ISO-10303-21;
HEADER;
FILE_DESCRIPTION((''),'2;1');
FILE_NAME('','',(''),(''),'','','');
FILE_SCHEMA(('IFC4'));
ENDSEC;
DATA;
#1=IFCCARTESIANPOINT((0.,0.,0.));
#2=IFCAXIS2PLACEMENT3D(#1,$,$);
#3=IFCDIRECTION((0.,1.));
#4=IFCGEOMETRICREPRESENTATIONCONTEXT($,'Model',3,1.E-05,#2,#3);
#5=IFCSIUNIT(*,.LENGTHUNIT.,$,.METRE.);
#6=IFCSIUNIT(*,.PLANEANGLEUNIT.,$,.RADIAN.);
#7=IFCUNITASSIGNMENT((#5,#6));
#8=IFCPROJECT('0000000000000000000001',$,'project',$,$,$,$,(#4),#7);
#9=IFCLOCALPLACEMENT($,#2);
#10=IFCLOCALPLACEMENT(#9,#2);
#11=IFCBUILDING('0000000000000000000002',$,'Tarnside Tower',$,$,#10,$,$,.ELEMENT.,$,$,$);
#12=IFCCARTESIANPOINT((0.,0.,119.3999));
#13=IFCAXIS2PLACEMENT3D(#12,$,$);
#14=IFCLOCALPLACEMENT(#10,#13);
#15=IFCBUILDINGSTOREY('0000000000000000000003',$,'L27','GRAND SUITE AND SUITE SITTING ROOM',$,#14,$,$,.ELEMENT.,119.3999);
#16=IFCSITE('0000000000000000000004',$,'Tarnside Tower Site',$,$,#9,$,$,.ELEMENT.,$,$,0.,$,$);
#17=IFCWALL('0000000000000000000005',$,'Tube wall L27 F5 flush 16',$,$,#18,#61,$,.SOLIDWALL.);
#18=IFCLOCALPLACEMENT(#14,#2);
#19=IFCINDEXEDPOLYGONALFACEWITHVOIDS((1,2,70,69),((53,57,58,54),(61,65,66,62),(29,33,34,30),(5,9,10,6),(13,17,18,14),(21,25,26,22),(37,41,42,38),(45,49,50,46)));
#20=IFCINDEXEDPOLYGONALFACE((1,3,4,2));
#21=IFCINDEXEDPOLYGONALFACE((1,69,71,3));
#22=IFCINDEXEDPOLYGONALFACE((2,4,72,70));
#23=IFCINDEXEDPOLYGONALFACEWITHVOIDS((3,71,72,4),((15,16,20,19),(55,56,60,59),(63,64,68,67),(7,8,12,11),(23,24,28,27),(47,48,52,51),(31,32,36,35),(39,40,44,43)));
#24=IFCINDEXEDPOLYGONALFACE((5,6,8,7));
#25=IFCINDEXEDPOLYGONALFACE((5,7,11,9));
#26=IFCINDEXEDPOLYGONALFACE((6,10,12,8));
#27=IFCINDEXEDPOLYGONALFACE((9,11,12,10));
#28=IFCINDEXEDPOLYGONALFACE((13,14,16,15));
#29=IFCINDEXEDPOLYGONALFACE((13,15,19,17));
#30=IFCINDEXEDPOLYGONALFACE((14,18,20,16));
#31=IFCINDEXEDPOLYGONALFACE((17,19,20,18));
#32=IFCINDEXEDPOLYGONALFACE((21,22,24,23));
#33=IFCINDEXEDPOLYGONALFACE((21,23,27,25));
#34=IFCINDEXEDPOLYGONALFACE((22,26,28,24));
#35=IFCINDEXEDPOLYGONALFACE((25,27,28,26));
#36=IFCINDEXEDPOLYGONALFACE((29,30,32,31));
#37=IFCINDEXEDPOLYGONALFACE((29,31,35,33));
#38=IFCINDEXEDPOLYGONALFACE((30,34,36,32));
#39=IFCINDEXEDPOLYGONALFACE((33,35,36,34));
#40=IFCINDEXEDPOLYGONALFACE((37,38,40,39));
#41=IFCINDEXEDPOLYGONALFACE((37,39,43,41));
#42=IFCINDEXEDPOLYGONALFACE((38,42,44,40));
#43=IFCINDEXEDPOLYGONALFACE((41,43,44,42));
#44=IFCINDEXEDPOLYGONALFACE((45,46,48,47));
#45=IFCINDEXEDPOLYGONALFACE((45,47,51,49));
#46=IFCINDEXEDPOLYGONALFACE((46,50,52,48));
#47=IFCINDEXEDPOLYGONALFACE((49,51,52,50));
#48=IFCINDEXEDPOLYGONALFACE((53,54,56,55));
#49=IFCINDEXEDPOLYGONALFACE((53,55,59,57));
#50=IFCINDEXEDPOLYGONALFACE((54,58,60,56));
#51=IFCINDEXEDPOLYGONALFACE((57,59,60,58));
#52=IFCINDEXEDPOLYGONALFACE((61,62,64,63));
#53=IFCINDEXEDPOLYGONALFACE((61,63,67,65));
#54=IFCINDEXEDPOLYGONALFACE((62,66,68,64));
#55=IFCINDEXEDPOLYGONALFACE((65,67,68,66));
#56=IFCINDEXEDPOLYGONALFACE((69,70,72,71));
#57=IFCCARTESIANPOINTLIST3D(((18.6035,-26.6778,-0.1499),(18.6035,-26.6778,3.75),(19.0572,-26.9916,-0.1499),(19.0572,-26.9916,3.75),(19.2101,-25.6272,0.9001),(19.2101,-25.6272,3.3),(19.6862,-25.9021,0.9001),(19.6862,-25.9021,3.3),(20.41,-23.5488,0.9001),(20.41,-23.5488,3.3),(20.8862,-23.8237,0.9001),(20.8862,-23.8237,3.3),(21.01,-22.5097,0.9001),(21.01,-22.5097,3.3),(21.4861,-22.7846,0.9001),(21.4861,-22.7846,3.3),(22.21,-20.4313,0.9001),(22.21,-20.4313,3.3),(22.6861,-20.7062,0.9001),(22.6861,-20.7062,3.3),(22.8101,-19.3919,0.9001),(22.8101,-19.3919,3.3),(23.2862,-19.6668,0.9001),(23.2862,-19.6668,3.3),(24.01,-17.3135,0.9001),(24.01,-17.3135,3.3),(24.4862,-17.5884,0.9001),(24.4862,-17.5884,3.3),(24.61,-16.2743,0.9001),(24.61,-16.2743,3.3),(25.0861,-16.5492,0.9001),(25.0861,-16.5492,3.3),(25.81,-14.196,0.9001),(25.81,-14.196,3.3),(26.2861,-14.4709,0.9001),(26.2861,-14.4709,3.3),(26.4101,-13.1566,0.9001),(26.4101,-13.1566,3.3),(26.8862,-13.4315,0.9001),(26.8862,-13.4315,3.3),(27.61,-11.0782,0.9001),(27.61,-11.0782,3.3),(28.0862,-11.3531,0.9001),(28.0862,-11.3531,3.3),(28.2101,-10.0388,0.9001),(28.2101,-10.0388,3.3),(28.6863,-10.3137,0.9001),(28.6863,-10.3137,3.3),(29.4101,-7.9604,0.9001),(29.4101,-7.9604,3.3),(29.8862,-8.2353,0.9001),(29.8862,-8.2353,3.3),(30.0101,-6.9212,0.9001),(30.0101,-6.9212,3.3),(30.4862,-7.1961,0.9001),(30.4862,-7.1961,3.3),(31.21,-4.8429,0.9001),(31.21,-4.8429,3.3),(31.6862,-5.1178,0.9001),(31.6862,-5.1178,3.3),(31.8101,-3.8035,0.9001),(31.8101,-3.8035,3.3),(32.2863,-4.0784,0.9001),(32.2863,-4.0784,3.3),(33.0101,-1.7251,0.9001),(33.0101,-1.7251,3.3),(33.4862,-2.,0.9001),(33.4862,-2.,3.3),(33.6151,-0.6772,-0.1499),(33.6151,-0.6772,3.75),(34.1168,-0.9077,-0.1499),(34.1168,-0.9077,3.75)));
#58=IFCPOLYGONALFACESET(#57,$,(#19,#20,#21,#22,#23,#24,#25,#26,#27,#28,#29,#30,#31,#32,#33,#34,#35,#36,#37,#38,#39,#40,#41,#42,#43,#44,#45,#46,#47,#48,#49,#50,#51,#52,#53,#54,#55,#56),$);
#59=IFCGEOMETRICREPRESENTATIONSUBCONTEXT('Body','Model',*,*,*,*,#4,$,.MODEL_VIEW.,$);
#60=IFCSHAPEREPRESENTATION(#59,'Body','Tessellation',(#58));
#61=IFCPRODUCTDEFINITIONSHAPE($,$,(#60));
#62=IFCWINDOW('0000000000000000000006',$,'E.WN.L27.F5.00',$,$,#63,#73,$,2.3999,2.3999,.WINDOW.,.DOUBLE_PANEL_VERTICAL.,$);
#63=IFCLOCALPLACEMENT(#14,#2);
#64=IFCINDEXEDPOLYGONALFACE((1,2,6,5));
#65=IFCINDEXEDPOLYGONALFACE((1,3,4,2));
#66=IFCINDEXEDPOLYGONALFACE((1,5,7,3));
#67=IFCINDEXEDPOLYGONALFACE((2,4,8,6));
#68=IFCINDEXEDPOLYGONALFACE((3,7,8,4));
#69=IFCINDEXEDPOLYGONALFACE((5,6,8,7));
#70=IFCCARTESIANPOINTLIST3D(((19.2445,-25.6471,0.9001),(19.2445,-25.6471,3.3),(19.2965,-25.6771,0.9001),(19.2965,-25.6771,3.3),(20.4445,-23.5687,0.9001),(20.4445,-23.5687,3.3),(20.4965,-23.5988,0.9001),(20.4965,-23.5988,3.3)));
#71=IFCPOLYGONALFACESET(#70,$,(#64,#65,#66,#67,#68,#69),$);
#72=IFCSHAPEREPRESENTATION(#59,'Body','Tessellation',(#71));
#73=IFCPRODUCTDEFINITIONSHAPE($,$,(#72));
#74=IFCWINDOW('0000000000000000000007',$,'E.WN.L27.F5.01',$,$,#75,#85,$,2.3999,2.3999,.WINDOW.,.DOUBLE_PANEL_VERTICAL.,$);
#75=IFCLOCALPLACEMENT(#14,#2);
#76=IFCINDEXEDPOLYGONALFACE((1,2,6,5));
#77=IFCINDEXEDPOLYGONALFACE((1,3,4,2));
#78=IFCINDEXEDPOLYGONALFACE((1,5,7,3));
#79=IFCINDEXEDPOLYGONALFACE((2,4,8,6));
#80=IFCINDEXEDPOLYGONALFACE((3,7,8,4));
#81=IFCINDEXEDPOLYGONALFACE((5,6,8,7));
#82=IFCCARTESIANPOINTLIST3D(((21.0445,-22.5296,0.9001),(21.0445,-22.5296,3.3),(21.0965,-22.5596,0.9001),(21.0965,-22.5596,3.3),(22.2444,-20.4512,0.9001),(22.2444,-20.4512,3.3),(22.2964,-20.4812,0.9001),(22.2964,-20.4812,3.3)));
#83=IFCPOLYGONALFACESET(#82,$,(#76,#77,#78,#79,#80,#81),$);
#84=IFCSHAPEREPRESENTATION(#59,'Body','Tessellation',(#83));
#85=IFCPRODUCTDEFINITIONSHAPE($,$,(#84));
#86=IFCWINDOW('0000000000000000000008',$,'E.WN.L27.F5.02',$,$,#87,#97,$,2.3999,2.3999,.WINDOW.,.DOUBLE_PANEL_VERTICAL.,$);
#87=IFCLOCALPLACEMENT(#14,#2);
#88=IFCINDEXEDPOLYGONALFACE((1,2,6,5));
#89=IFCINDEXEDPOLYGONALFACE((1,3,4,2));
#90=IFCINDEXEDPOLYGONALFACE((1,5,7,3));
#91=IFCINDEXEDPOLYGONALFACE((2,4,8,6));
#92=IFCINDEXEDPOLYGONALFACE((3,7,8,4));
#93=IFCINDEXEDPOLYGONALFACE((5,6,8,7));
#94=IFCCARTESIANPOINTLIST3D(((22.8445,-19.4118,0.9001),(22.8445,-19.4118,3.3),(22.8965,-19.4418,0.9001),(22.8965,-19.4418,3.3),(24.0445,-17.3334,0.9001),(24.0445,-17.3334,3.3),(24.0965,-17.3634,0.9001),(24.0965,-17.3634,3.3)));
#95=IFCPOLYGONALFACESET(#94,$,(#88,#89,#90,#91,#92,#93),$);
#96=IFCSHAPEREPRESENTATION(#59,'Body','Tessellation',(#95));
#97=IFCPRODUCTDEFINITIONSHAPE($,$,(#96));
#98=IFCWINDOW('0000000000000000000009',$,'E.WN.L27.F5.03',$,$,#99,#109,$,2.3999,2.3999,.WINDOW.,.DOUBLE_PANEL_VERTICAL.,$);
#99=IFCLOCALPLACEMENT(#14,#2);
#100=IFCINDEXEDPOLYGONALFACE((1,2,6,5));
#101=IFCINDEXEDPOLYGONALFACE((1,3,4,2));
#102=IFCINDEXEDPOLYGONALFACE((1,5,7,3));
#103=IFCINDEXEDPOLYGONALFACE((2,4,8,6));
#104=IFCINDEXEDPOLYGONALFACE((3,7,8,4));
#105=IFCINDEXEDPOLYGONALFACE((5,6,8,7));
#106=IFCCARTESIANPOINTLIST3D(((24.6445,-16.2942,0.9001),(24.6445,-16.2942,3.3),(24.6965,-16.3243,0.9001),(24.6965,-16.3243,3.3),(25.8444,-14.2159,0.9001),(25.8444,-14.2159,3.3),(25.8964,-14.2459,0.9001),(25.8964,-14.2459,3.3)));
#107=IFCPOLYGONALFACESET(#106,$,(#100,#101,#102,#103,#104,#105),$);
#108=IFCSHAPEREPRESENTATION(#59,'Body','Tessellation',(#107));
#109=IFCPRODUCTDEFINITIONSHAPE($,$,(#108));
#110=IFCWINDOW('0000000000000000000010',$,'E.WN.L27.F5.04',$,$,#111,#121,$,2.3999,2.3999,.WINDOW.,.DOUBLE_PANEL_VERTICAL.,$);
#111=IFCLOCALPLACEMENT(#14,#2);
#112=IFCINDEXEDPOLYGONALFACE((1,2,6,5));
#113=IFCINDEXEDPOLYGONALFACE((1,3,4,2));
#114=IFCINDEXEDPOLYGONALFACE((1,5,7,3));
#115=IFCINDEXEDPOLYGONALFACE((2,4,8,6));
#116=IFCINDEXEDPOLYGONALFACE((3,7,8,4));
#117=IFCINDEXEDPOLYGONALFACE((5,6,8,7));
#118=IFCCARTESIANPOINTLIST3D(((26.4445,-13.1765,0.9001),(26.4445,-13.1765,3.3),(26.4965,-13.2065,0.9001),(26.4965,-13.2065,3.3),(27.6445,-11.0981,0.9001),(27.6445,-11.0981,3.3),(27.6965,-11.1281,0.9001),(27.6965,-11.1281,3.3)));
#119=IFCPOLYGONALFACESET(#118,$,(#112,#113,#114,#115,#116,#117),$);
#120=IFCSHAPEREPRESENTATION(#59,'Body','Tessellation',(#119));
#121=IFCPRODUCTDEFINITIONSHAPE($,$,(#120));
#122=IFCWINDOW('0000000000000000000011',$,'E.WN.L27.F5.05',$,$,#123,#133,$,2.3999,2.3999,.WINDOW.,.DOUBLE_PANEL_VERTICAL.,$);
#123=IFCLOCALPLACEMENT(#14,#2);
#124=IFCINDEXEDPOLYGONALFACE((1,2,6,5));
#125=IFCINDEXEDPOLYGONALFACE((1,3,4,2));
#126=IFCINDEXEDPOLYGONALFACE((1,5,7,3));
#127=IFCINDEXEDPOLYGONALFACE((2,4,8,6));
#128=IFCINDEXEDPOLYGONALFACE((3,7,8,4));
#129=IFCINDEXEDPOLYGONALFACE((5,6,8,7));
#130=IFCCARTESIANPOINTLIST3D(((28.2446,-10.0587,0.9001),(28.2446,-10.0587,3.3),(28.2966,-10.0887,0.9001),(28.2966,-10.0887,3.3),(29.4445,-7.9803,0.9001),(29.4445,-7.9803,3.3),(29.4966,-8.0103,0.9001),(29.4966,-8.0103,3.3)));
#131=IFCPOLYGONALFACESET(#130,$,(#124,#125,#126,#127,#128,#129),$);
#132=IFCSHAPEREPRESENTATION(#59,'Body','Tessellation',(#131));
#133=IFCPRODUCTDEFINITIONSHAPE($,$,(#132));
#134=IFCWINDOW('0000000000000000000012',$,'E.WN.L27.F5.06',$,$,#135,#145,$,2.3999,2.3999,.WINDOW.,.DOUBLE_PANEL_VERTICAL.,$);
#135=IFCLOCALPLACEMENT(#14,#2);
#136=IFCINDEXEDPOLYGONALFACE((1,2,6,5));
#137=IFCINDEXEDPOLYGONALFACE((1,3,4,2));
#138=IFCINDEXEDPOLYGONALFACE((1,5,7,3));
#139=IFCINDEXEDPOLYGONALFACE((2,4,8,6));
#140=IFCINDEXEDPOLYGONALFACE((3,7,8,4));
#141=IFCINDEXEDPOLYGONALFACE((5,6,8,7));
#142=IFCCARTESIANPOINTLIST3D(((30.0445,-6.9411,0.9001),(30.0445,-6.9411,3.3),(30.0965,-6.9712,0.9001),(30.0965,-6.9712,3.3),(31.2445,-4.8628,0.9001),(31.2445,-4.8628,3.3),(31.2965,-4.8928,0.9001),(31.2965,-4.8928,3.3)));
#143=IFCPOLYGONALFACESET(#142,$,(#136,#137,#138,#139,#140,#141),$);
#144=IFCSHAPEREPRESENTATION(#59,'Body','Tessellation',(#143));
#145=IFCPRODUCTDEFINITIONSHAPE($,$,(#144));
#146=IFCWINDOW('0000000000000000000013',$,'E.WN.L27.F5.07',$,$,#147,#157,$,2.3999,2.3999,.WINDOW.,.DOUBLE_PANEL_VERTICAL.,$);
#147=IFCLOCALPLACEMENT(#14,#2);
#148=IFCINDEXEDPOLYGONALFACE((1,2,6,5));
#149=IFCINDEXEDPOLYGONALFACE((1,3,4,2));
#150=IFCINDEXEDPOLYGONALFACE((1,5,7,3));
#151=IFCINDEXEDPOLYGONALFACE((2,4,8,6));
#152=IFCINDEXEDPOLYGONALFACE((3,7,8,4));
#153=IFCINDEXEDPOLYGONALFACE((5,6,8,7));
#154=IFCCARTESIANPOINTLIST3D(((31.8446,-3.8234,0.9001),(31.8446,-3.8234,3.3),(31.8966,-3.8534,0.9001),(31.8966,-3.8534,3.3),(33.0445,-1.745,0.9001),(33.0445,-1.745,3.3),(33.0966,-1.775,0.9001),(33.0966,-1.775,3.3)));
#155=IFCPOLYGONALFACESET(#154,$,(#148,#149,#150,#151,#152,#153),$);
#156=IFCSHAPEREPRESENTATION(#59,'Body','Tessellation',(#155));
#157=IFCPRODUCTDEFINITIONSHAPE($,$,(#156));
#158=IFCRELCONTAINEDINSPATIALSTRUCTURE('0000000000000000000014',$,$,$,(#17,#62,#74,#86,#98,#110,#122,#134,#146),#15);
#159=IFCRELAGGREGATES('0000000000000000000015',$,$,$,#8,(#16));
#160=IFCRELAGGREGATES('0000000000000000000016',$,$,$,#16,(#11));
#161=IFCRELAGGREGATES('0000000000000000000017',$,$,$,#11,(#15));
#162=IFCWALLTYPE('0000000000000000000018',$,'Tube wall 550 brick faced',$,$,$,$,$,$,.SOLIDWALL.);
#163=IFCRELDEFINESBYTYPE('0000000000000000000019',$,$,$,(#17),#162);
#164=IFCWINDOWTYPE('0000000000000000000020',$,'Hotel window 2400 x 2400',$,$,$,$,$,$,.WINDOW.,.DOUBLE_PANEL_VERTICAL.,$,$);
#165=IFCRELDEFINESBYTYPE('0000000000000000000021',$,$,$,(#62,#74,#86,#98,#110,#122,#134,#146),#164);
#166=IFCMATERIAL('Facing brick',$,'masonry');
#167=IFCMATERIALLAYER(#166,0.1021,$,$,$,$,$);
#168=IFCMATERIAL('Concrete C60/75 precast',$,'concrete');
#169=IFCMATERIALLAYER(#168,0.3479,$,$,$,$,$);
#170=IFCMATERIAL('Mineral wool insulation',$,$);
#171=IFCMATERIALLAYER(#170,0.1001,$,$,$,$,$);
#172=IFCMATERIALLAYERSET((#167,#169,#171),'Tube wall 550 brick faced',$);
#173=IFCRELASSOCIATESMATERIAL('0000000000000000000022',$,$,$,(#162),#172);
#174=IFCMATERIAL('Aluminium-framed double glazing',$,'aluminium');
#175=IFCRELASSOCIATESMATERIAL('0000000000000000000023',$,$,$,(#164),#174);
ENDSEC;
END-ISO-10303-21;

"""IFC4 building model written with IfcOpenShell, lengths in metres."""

from ifc_helpers import new_model, si_unit, direction, frame, frame_2d, origin, place, context, subcontext, project, spatial, polyline, rectangle, outline, extrude, material, layer, layer_set, type_object, element, fill, save


model = new_model("IFC4")

# Units and contexts
model_context = context("Model", 3, precision=1e-05, world=origin(), true_north=direction((0.0, 1.0)))
body_context = subcontext(model_context, "Body", "Model", "MODEL_VIEW")
ifc_project = project(units=[si_unit("LENGTHUNIT", "METRE"), si_unit("PLANEANGLEUNIT", "RADIAN")], contexts=[model_context])

# Site, building, storey
site_placement = place(None, origin())
site = spatial("IfcSite", under=ifc_project, at=site_placement, Name="Tarnside Tower Site", CompositionType="ELEMENT", RefElevation=0.0)
building_placement = place(site_placement, origin())
building = spatial("IfcBuilding", under=site, at=building_placement, Name="Tarnside Tower", CompositionType="ELEMENT")
storey_placement = place(building_placement, frame((0.0, 0.0, 119.3999)))
storey = spatial("IfcBuildingStorey", under=building, at=storey_placement, Name="L27", Description="GRAND SUITE AND SUITE SITTING ROOM", CompositionType="ELEMENT", Elevation=119.3999)

# Shared definitions
ifc_material_1 = material(Name="Facing brick", Category="masonry")
ifc_layer_1 = layer(ifc_material_1, 0.1021)
ifc_material_2 = material(Name="Concrete C60/75 precast", Category="concrete")
ifc_layer_2 = layer(ifc_material_2, 0.3479)
ifc_material_3 = material(Name="Mineral wool insulation")
ifc_layer_3 = layer(ifc_material_3, 0.1001)
ifc_layer_set_1 = layer_set([ifc_layer_1, ifc_layer_2, ifc_layer_3], Name="Tube wall 550 brick faced")
wall_type_1 = type_object("IfcWallType", Name="Tube wall 550 brick faced", PredefinedType="SOLIDWALL", material=ifc_layer_set_1)

# Wall, openings, windows
wall_1_placement = place(storey_placement, frame((18.8303, -26.8347, -0.1499), z_axis=(0.0, 0.0, 1.0), x_axis=(0.500004, 0.866023, 0.0)))
wall_1 = element("IfcWall", 1, at=wall_1_placement, inside=storey, type_object=wall_type_1, Name="Tube wall L27 F5 flush 16", PredefinedType="SOLIDWALL", context=body_context, shape_type="SweptSolid", body=[
    extrude(outline(polyline([(-0.0225, -0.2749), (30.0967, -0.2749), (30.0454, 0.2749), (0.0225, 0.2749), (-0.0225, -0.2749)])), origin(), (0.0, 0.0, 1.0), 3.8999),
])
opening_1_placement = place(wall_1_placement, frame((1.2356, 0.0, 1.05)))
opening_1 = element("IfcOpeningElement", 2, at=opening_1_placement, cuts=wall_1, PredefinedType="OPENING", context=body_context, shape_type="SweptSolid", body=[
    extrude(rectangle(XDim=2.3999, YDim=2.3999, at=frame_2d((1.2, 1.2))), frame((0.0, 0.2852, 0.0), z_axis=(0.0, -1.0, 0.0), x_axis=(1.0, 0.0, 0.0)), (0.0, 0.0, 1.0), 0.5701),
])
opening_2_placement = place(wall_1_placement, frame((4.8354, 0.0, 1.05)))
opening_2 = element("IfcOpeningElement", 3, at=opening_2_placement, cuts=wall_1, PredefinedType="OPENING", context=body_context, shape_type="SweptSolid", body=[
    extrude(rectangle(XDim=2.3999, YDim=2.3999, at=frame_2d((1.2, 1.2))), frame((0.0, 0.2852, 0.0), z_axis=(0.0, -1.0, 0.0), x_axis=(1.0, 0.0, 0.0)), (0.0, 0.0, 1.0), 0.5701),
])
opening_3_placement = place(wall_1_placement, frame((8.4355, 0.0, 1.05)))
opening_3 = element("IfcOpeningElement", 4, at=opening_3_placement, cuts=wall_1, PredefinedType="OPENING", context=body_context, shape_type="SweptSolid", body=[
    extrude(rectangle(XDim=2.3999, YDim=2.3999, at=frame_2d((1.2, 1.2))), frame((0.0, 0.2852, 0.0), z_axis=(0.0, -1.0, 0.0), x_axis=(1.0, 0.0, 0.0)), (0.0, 0.0, 1.0), 0.5701),
])
opening_4_placement = place(wall_1_placement, frame((12.0354, 0.0, 1.05)))
opening_4 = element("IfcOpeningElement", 5, at=opening_4_placement, cuts=wall_1, PredefinedType="OPENING", context=body_context, shape_type="SweptSolid", body=[
    extrude(rectangle(XDim=2.3999, YDim=2.3999, at=frame_2d((1.2, 1.2))), frame((0.0, 0.2852, 0.0), z_axis=(0.0, -1.0, 0.0), x_axis=(1.0, 0.0, 0.0)), (0.0, 0.0, 1.0), 0.5701),
])
opening_5_placement = place(wall_1_placement, frame((15.6355, 0.0, 1.05)))
opening_5 = element("IfcOpeningElement", 6, at=opening_5_placement, cuts=wall_1, PredefinedType="OPENING", context=body_context, shape_type="SweptSolid", body=[
    extrude(rectangle(XDim=2.3999, YDim=2.3999, at=frame_2d((1.2, 1.2))), frame((0.0, 0.2852, 0.0), z_axis=(0.0, -1.0, 0.0), x_axis=(1.0, 0.0, 0.0)), (0.0, 0.0, 1.0), 0.5701),
])
opening_6_placement = place(wall_1_placement, frame((19.2356, 0.0, 1.05)))
opening_6 = element("IfcOpeningElement", 7, at=opening_6_placement, cuts=wall_1, PredefinedType="OPENING", context=body_context, shape_type="SweptSolid", body=[
    extrude(rectangle(XDim=2.3999, YDim=2.3999, at=frame_2d((1.2, 1.2))), frame((0.0, 0.2852, 0.0), z_axis=(0.0, -1.0, 0.0), x_axis=(1.0, 0.0, 0.0)), (0.0, 0.0, 1.0), 0.5701),
])
opening_7_placement = place(wall_1_placement, frame((22.8354, 0.0, 1.05)))
opening_7 = element("IfcOpeningElement", 8, at=opening_7_placement, cuts=wall_1, PredefinedType="OPENING", context=body_context, shape_type="SweptSolid", body=[
    extrude(rectangle(XDim=2.3999, YDim=2.3999, at=frame_2d((1.2, 1.2))), frame((0.0, 0.2852, 0.0), z_axis=(0.0, -1.0, 0.0), x_axis=(1.0, 0.0, 0.0)), (0.0, 0.0, 1.0), 0.5701),
])
opening_8_placement = place(wall_1_placement, frame((26.4355, 0.0, 1.05)))
opening_8 = element("IfcOpeningElement", 9, at=opening_8_placement, cuts=wall_1, PredefinedType="OPENING", context=body_context, shape_type="SweptSolid", body=[
    extrude(rectangle(XDim=2.3999, YDim=2.3999, at=frame_2d((1.2, 1.2))), frame((0.0, 0.2852, 0.0), z_axis=(0.0, -1.0, 0.0), x_axis=(1.0, 0.0, 0.0)), (0.0, 0.0, 1.0), 0.5701),
])
ifc_material_4 = material(Name="Aluminium-framed double glazing", Category="aluminium")
window_type = type_object("IfcWindowType", Name="Hotel window 2400 x 2400", PartitioningType="DOUBLE_PANEL_VERTICAL", PredefinedType="WINDOW", material=ifc_material_4)
window_1_placement = place(opening_1_placement, frame((0.0, 0.2051, 0.0)))
window_1 = element("IfcWindow", 10, at=window_1_placement, inside=storey, type_object=window_type, Name="E.WN.L27.F5.00", OverallHeight=2.3999, OverallWidth=2.3999, PartitioningType="DOUBLE_PANEL_VERTICAL", PredefinedType="WINDOW", context=body_context, shape_type="SweptSolid", body=[
    extrude(rectangle(XDim=2.3999, YDim=2.3999, at=frame_2d((1.2, 1.2))), frame((0.0, 0.03, 0.0), z_axis=(0.0, -1.0, 0.0), x_axis=(1.0, 0.0, 0.0)), (0.0, 0.0, 1.0), 0.0601),
])
fill(opening_1, window_1)
window_2_placement = place(opening_2_placement, frame((0.0, 0.2051, 0.0)))
window_2 = element("IfcWindow", 11, at=window_2_placement, inside=storey, type_object=window_type, Name="E.WN.L27.F5.01", OverallHeight=2.3999, OverallWidth=2.3999, PartitioningType="DOUBLE_PANEL_VERTICAL", PredefinedType="WINDOW", context=body_context, shape_type="SweptSolid", body=[
    extrude(rectangle(XDim=2.3999, YDim=2.3999, at=frame_2d((1.2, 1.2))), frame((0.0, 0.03, 0.0), z_axis=(0.0, -1.0, 0.0), x_axis=(1.0, 0.0, 0.0)), (0.0, 0.0, 1.0), 0.0601),
])
fill(opening_2, window_2)
window_3_placement = place(opening_3_placement, frame((0.0, 0.2051, 0.0)))
window_3 = element("IfcWindow", 12, at=window_3_placement, inside=storey, type_object=window_type, Name="E.WN.L27.F5.02", OverallHeight=2.3999, OverallWidth=2.3999, PartitioningType="DOUBLE_PANEL_VERTICAL", PredefinedType="WINDOW", context=body_context, shape_type="SweptSolid", body=[
    extrude(rectangle(XDim=2.3999, YDim=2.3999, at=frame_2d((1.2, 1.2))), frame((0.0, 0.03, 0.0), z_axis=(0.0, -1.0, 0.0), x_axis=(1.0, 0.0, 0.0)), (0.0, 0.0, 1.0), 0.0601),
])
fill(opening_3, window_3)
window_4_placement = place(opening_4_placement, frame((0.0, 0.2051, 0.0)))
window_4 = element("IfcWindow", 13, at=window_4_placement, inside=storey, type_object=window_type, Name="E.WN.L27.F5.03", OverallHeight=2.3999, OverallWidth=2.3999, PartitioningType="DOUBLE_PANEL_VERTICAL", PredefinedType="WINDOW", context=body_context, shape_type="SweptSolid", body=[
    extrude(rectangle(XDim=2.3999, YDim=2.3999, at=frame_2d((1.2, 1.2))), frame((0.0, 0.03, 0.0), z_axis=(0.0, -1.0, 0.0), x_axis=(1.0, 0.0, 0.0)), (0.0, 0.0, 1.0), 0.0601),
])
fill(opening_4, window_4)
window_5_placement = place(opening_5_placement, frame((0.0, 0.2051, 0.0)))
window_5 = element("IfcWindow", 14, at=window_5_placement, inside=storey, type_object=window_type, Name="E.WN.L27.F5.04", OverallHeight=2.3999, OverallWidth=2.3999, PartitioningType="DOUBLE_PANEL_VERTICAL", PredefinedType="WINDOW", context=body_context, shape_type="SweptSolid", body=[
    extrude(rectangle(XDim=2.3999, YDim=2.3999, at=frame_2d((1.2, 1.2))), frame((0.0, 0.03, 0.0), z_axis=(0.0, -1.0, 0.0), x_axis=(1.0, 0.0, 0.0)), (0.0, 0.0, 1.0), 0.0601),
])
fill(opening_5, window_5)
window_6_placement = place(opening_6_placement, frame((0.0, 0.2051, 0.0)))
window_6 = element("IfcWindow", 15, at=window_6_placement, inside=storey, type_object=window_type, Name="E.WN.L27.F5.05", OverallHeight=2.3999, OverallWidth=2.3999, PartitioningType="DOUBLE_PANEL_VERTICAL", PredefinedType="WINDOW", context=body_context, shape_type="SweptSolid", body=[
    extrude(rectangle(XDim=2.3999, YDim=2.3999, at=frame_2d((1.2, 1.2))), frame((0.0, 0.03, 0.0), z_axis=(0.0, -1.0, 0.0), x_axis=(1.0, 0.0, 0.0)), (0.0, 0.0, 1.0), 0.0601),
])
fill(opening_6, window_6)
window_7_placement = place(opening_7_placement, frame((0.0, 0.2051, 0.0)))
window_7 = element("IfcWindow", 16, at=window_7_placement, inside=storey, type_object=window_type, Name="E.WN.L27.F5.06", OverallHeight=2.3999, OverallWidth=2.3999, PartitioningType="DOUBLE_PANEL_VERTICAL", PredefinedType="WINDOW", context=body_context, shape_type="SweptSolid", body=[
    extrude(rectangle(XDim=2.3999, YDim=2.3999, at=frame_2d((1.2, 1.2))), frame((0.0, 0.03, 0.0), z_axis=(0.0, -1.0, 0.0), x_axis=(1.0, 0.0, 0.0)), (0.0, 0.0, 1.0), 0.0601),
])
fill(opening_7, window_7)
window_8_placement = place(opening_8_placement, frame((0.0, 0.2051, 0.0)))
window_8 = element("IfcWindow", 17, at=window_8_placement, inside=storey, type_object=window_type, Name="E.WN.L27.F5.07", OverallHeight=2.3999, OverallWidth=2.3999, PartitioningType="DOUBLE_PANEL_VERTICAL", PredefinedType="WINDOW", context=body_context, shape_type="SweptSolid", body=[
    extrude(rectangle(XDim=2.3999, YDim=2.3999, at=frame_2d((1.2, 1.2))), frame((0.0, 0.03, 0.0), z_axis=(0.0, -1.0, 0.0), x_axis=(1.0, 0.0, 0.0)), (0.0, 0.0, 1.0), 0.0601),
])
fill(opening_8, window_8)

save(model, "model.ifc")
